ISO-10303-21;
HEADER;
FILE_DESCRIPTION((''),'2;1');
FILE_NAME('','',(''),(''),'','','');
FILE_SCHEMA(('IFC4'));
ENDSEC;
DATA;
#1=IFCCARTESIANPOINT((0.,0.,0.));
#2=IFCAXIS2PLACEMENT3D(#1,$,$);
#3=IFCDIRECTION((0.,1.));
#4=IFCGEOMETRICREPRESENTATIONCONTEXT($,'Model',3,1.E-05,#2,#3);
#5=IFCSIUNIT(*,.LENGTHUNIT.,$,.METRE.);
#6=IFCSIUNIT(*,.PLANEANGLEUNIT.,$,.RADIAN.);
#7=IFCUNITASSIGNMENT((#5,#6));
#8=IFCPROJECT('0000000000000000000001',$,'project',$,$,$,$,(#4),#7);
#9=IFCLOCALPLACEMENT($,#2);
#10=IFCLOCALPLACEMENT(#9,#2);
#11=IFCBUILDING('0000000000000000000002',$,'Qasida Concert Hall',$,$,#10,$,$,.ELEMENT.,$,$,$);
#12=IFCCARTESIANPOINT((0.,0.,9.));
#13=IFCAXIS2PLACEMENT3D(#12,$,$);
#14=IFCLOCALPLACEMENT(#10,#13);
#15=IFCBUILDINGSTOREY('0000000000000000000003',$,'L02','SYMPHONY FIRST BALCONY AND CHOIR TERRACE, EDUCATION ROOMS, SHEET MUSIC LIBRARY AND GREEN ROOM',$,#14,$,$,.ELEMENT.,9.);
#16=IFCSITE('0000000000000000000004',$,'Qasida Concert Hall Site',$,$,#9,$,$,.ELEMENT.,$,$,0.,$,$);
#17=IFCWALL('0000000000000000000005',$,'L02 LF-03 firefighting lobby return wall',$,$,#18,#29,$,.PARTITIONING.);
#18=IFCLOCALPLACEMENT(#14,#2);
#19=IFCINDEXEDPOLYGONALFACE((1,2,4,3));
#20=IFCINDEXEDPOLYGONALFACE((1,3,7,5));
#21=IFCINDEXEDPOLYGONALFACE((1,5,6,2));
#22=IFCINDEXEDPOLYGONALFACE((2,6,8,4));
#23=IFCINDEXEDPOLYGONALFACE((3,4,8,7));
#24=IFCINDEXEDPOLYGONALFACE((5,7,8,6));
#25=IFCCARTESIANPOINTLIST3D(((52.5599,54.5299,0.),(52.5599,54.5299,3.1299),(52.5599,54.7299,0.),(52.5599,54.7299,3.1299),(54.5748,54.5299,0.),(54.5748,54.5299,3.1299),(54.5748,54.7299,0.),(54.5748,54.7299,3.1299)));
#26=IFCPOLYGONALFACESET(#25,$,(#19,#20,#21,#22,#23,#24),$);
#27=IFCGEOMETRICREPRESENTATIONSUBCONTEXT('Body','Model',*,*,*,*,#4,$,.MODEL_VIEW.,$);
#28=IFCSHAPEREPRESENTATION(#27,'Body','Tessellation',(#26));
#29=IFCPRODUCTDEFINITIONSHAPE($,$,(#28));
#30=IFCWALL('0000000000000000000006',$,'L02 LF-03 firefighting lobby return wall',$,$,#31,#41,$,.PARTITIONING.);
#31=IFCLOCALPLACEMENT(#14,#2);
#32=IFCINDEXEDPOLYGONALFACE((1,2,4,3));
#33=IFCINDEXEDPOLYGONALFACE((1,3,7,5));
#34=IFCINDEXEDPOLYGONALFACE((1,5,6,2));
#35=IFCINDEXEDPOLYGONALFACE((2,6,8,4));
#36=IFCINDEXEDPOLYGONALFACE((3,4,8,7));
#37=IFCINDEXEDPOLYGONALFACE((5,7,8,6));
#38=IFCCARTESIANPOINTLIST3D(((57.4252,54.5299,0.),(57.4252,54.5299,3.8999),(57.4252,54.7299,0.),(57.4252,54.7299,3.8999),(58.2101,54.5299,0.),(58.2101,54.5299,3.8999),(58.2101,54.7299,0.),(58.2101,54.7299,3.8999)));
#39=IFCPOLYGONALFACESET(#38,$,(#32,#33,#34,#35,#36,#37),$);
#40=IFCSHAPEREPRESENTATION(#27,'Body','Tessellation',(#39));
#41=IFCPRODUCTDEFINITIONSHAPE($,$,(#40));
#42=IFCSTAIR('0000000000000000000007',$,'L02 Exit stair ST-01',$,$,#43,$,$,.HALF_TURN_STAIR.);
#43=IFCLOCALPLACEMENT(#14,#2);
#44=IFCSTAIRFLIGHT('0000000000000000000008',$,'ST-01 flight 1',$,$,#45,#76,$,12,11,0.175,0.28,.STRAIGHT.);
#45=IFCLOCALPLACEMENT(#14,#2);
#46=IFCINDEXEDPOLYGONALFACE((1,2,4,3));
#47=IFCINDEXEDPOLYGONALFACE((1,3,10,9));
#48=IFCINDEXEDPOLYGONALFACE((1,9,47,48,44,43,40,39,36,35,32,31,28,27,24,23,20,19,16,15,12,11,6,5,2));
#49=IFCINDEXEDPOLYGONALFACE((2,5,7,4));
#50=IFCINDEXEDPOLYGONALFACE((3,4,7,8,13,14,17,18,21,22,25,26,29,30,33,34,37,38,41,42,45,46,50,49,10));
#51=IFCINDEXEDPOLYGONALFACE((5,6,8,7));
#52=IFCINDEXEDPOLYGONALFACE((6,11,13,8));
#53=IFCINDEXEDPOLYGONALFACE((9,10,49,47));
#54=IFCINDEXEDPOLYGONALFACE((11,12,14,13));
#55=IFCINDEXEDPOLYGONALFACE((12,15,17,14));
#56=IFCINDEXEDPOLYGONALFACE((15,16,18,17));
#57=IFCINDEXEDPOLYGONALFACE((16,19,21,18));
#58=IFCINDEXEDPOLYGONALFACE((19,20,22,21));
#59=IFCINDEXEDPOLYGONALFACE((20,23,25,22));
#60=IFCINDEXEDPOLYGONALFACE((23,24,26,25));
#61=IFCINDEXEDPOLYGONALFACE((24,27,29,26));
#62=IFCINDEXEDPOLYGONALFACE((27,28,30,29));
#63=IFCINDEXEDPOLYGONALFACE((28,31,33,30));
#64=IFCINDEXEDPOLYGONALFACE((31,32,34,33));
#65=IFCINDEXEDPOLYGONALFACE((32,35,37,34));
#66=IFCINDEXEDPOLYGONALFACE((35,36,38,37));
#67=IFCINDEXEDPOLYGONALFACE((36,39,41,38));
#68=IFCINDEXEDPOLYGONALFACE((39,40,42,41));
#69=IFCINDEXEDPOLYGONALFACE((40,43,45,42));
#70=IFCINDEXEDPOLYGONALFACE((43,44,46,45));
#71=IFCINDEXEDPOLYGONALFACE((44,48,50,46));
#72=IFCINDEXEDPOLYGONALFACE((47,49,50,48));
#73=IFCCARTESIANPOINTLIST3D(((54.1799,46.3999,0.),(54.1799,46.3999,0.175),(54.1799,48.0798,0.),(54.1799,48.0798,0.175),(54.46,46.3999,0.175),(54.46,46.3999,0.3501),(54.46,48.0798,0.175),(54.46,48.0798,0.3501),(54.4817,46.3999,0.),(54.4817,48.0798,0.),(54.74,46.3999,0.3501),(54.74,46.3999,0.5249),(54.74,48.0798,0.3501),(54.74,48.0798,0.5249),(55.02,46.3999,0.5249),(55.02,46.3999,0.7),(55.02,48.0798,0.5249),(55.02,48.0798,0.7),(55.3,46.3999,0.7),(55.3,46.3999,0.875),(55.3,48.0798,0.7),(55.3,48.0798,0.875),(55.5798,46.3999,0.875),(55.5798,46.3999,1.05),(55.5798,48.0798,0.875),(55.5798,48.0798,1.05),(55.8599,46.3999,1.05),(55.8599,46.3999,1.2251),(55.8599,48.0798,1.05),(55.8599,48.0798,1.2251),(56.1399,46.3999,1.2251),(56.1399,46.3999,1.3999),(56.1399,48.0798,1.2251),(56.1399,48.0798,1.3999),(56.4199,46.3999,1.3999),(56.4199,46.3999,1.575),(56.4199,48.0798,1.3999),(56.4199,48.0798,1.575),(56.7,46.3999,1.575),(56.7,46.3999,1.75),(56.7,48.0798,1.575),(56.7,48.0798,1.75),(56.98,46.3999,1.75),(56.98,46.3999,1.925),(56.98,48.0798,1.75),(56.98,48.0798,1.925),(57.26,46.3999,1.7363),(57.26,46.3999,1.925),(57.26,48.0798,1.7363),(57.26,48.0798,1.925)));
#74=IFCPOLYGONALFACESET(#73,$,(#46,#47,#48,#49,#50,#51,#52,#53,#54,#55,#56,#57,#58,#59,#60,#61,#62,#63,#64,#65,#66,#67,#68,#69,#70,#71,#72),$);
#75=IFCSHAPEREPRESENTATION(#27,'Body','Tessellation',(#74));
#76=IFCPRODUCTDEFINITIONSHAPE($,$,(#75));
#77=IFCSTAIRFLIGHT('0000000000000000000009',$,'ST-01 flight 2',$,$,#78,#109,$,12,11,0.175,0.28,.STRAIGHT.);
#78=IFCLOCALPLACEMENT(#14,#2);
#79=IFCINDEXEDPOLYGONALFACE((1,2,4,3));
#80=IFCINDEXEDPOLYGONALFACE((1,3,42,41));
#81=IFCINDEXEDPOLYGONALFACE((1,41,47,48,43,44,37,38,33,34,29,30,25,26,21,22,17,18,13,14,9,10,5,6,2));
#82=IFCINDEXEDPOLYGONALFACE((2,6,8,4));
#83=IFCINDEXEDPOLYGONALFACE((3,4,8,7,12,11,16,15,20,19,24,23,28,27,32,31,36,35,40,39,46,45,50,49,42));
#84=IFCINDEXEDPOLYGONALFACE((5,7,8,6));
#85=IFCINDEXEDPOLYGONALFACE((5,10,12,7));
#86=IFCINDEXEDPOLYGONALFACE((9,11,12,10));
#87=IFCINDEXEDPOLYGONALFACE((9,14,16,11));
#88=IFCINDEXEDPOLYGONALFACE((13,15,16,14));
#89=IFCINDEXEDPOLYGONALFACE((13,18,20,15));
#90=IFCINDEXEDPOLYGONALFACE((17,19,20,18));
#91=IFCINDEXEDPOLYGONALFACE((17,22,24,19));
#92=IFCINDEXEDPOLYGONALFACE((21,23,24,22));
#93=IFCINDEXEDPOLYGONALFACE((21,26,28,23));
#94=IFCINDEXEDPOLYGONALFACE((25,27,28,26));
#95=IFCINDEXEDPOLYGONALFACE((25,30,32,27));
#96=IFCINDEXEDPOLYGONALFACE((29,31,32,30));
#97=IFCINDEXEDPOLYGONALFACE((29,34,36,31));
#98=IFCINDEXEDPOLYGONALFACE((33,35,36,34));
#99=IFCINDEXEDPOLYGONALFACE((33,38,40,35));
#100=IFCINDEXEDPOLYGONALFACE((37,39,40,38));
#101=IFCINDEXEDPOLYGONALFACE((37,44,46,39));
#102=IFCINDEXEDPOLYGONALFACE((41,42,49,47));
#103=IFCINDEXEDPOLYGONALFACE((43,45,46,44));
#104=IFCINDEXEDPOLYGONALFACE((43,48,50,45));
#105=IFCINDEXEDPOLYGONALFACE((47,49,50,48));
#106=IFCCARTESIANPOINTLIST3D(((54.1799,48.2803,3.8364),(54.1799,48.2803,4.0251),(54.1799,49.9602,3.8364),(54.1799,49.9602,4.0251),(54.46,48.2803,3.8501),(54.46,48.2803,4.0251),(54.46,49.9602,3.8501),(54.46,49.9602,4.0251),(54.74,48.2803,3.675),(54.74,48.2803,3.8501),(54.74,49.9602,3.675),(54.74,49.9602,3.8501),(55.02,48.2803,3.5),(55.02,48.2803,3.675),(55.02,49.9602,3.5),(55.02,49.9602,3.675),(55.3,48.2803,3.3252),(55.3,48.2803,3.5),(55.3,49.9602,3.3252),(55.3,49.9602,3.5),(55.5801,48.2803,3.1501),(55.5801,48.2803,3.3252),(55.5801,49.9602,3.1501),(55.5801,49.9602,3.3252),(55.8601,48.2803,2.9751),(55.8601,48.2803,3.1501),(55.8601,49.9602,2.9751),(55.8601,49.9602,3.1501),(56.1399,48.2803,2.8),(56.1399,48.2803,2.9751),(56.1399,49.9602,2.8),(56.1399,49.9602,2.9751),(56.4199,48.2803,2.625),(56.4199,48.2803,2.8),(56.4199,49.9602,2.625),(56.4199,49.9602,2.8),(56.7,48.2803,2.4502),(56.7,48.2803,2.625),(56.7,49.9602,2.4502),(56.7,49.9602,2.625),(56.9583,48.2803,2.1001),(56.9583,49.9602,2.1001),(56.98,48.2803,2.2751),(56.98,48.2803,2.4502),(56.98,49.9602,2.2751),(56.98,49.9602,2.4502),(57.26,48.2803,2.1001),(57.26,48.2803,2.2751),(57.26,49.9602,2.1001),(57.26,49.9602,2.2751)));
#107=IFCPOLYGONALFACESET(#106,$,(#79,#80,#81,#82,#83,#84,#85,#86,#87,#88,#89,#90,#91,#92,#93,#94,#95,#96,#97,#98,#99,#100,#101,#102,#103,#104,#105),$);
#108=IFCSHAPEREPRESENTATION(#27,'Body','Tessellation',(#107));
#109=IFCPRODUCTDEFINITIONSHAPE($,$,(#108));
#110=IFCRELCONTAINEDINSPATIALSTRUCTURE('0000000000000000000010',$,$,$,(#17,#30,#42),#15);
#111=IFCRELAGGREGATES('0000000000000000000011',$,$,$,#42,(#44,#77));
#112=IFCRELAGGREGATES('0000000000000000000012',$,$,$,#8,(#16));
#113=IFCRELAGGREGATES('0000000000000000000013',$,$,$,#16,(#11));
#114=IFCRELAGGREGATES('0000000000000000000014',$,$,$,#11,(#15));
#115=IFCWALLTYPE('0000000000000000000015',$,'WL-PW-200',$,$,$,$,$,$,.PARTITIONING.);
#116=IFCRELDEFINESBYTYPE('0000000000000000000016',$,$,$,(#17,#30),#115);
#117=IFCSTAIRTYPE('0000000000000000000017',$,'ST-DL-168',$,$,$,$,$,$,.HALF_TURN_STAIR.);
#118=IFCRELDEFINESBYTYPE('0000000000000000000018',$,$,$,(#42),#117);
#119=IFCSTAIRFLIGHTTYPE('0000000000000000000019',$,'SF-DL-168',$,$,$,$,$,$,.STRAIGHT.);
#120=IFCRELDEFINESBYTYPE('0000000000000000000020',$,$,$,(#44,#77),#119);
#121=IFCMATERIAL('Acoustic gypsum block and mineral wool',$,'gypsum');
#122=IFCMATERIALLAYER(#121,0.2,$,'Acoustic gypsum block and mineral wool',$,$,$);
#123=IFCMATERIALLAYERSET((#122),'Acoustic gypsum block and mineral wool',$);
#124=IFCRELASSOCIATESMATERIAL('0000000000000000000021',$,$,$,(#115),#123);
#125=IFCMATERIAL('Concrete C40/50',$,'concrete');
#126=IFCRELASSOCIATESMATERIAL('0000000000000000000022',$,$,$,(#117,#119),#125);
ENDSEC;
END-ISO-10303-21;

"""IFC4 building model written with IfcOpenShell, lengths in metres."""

from ifc_helpers import new_model, si_unit, direction, frame, frame_2d, origin, place, context, subcontext, project, spatial, polyline, rectangle, outline, extrude, material, layer, layer_set, type_object, element, aggregate, save


model = new_model("IFC4")

# Units and contexts
model_context = context("Model", 3, precision=1e-05, world=origin(), true_north=direction((0.0, 1.0)))
body_context = subcontext(model_context, "Body", "Model", "MODEL_VIEW")
ifc_project = project(units=[si_unit("LENGTHUNIT", "METRE"), si_unit("PLANEANGLEUNIT", "RADIAN")], contexts=[model_context])

# Site, building, storey
site_placement = place(None, origin())
site = spatial("IfcSite", under=ifc_project, at=site_placement, Name="Qasida Concert Hall Site", CompositionType="ELEMENT", RefElevation=0.0)
building_placement = place(site_placement, origin())
building = spatial("IfcBuilding", under=site, at=building_placement, Name="Qasida Concert Hall", CompositionType="ELEMENT")
storey_placement = place(building_placement, frame((0.0, 0.0, 9.0)))
storey = spatial("IfcBuildingStorey", under=building, at=storey_placement, Name="L02", Description="SYMPHONY FIRST BALCONY AND CHOIR TERRACE, EDUCATION ROOMS, SHEET MUSIC LIBRARY AND GREEN ROOM", CompositionType="ELEMENT", Elevation=9.0)

# Shared definitions
ifc_material_1 = material(Name="Concrete C40/50", Category="concrete")

# Walls
ifc_material_2 = material(Name="Acoustic gypsum block and mineral wool", Category="gypsum")
ifc_layer_1 = layer(ifc_material_2, 0.2, Name="Acoustic gypsum block and mineral wool")
ifc_layer_set_1 = layer_set([ifc_layer_1], Name="Acoustic gypsum block and mineral wool")
wall_type_1 = type_object("IfcWallType", Name="WL-PW-200", PredefinedType="PARTITIONING", material=ifc_layer_set_1)
wall_1_placement = place(storey_placement, frame((52.5601, 54.6299, 0.0), z_axis=(0.0, 0.0, 1.0), x_axis=(1.0, 0.0, 0.0)))
element("IfcWall", 1, at=wall_1_placement, inside=storey, type_object=wall_type_1, Name="L02 LF-03 firefighting lobby return wall", PredefinedType="PARTITIONING", context=body_context, shape_type="SweptSolid", body=[
    extrude(rectangle(XDim=2.0149, YDim=0.2, at=frame_2d((1.0073, 0.0))), origin(), (0.0, 0.0, 1.0), 3.1299),
])
wall_2_placement = place(storey_placement, frame((57.425, 54.6299, 0.0), z_axis=(0.0, 0.0, 1.0), x_axis=(1.0, 0.0, 0.0)))
element("IfcWall", 2, at=wall_2_placement, inside=storey, type_object=wall_type_1, Name="L02 LF-03 firefighting lobby return wall", PredefinedType="PARTITIONING", context=body_context, shape_type="SweptSolid", body=[
    extrude(rectangle(XDim=0.7849, YDim=0.2, at=frame_2d((0.3926, 0.0))), origin(), (0.0, 0.0, 1.0), 3.8999),
])

# Stair, stair flights
stair_type = type_object("IfcStairType", Name="ST-DL-168", PredefinedType="HALF_TURN_STAIR", material=ifc_material_1)
stair_placement = place(storey_placement, origin())
stair = element("IfcStair", 3, at=stair_placement, inside=storey, type_object=stair_type, Name="L02 Exit stair ST-01", PredefinedType="HALF_TURN_STAIR")
stair_flight_type = type_object("IfcStairFlightType", Name="SF-DL-168", PredefinedType="STRAIGHT", material=ifc_material_1)
stair_flight_1_placement = place(storey_placement, frame((54.1799, 47.24, 0.0), z_axis=(0.0, 0.0, 1.0), x_axis=(1.0, 0.0, 0.0)))
stair_flight_1 = element("IfcStairFlight", 4, at=stair_flight_1_placement, type_object=stair_flight_type, Name="ST-01 flight 1", NumberOfRisers=12, NumberOfTreads=11, PredefinedType="STRAIGHT", RiserHeight=0.175, TreadLength=0.28, context=body_context, shape_type="SweptSolid", body=[
    extrude(outline(polyline([(0.0, 0.0), (0.0, 0.175), (0.28, 0.175), (0.28, 0.3501), (0.5601, 0.3501), (0.5601, 0.5249), (0.8401, 0.5249), (0.8401, 0.7), (1.1201, 0.7), (1.1201, 0.875), (1.3999, 0.875), (1.3999, 1.05), (1.6799, 1.05), (1.6799, 1.2251), (1.96, 1.2251), (1.96, 1.3999), (2.24, 1.3999), (2.24, 1.575), (2.52, 1.575), (2.52, 1.75), (2.8, 1.75), (2.8, 1.925), (3.0801, 1.925), (3.0801, 2.1001), (3.0801, 1.7363), (0.3018, 0.0), (0.0, 0.0)])), frame((0.0, 0.8398, 0.0), z_axis=(0.0, -1.0, 0.0), x_axis=(1.0, 0.0, 0.0)), (0.0, 0.0, 1.0), 1.6799),
])
stair_flight_2_placement = place(storey_placement, frame((57.26, 49.1201, 2.1001), z_axis=(0.0, 0.0, 1.0), x_axis=(-1.0, 0.0, 0.0)))
stair_flight_2 = element("IfcStairFlight", 5, at=stair_flight_2_placement, type_object=stair_flight_type, Name="ST-01 flight 2", NumberOfRisers=12, NumberOfTreads=11, PredefinedType="STRAIGHT", RiserHeight=0.175, TreadLength=0.28, context=body_context, shape_type="SweptSolid", body=[
    extrude(outline(polyline([(0.0, 0.0), (0.0, 0.175), (0.28, 0.175), (0.28, 0.3501), (0.5601, 0.3501), (0.5601, 0.5249), (0.8401, 0.5249), (0.8401, 0.7), (1.1201, 0.7), (1.1201, 0.875), (1.3999, 0.875), (1.3999, 1.05), (1.6799, 1.05), (1.6799, 1.2251), (1.96, 1.2251), (1.96, 1.3999), (2.24, 1.3999), (2.24, 1.575), (2.52, 1.575), (2.52, 1.75), (2.8, 1.75), (2.8, 1.925), (3.0801, 1.925), (3.0801, 2.1001), (3.0801, 1.7363), (0.3018, 0.0), (0.0, 0.0)])), frame((0.0, 0.8398, 0.0), z_axis=(0.0, -1.0, 0.0), x_axis=(1.0, 0.0, 0.0)), (0.0, 0.0, 1.0), 1.6799),
])
aggregate(stair, [stair_flight_1, stair_flight_2])

save(model, "model.ifc")
